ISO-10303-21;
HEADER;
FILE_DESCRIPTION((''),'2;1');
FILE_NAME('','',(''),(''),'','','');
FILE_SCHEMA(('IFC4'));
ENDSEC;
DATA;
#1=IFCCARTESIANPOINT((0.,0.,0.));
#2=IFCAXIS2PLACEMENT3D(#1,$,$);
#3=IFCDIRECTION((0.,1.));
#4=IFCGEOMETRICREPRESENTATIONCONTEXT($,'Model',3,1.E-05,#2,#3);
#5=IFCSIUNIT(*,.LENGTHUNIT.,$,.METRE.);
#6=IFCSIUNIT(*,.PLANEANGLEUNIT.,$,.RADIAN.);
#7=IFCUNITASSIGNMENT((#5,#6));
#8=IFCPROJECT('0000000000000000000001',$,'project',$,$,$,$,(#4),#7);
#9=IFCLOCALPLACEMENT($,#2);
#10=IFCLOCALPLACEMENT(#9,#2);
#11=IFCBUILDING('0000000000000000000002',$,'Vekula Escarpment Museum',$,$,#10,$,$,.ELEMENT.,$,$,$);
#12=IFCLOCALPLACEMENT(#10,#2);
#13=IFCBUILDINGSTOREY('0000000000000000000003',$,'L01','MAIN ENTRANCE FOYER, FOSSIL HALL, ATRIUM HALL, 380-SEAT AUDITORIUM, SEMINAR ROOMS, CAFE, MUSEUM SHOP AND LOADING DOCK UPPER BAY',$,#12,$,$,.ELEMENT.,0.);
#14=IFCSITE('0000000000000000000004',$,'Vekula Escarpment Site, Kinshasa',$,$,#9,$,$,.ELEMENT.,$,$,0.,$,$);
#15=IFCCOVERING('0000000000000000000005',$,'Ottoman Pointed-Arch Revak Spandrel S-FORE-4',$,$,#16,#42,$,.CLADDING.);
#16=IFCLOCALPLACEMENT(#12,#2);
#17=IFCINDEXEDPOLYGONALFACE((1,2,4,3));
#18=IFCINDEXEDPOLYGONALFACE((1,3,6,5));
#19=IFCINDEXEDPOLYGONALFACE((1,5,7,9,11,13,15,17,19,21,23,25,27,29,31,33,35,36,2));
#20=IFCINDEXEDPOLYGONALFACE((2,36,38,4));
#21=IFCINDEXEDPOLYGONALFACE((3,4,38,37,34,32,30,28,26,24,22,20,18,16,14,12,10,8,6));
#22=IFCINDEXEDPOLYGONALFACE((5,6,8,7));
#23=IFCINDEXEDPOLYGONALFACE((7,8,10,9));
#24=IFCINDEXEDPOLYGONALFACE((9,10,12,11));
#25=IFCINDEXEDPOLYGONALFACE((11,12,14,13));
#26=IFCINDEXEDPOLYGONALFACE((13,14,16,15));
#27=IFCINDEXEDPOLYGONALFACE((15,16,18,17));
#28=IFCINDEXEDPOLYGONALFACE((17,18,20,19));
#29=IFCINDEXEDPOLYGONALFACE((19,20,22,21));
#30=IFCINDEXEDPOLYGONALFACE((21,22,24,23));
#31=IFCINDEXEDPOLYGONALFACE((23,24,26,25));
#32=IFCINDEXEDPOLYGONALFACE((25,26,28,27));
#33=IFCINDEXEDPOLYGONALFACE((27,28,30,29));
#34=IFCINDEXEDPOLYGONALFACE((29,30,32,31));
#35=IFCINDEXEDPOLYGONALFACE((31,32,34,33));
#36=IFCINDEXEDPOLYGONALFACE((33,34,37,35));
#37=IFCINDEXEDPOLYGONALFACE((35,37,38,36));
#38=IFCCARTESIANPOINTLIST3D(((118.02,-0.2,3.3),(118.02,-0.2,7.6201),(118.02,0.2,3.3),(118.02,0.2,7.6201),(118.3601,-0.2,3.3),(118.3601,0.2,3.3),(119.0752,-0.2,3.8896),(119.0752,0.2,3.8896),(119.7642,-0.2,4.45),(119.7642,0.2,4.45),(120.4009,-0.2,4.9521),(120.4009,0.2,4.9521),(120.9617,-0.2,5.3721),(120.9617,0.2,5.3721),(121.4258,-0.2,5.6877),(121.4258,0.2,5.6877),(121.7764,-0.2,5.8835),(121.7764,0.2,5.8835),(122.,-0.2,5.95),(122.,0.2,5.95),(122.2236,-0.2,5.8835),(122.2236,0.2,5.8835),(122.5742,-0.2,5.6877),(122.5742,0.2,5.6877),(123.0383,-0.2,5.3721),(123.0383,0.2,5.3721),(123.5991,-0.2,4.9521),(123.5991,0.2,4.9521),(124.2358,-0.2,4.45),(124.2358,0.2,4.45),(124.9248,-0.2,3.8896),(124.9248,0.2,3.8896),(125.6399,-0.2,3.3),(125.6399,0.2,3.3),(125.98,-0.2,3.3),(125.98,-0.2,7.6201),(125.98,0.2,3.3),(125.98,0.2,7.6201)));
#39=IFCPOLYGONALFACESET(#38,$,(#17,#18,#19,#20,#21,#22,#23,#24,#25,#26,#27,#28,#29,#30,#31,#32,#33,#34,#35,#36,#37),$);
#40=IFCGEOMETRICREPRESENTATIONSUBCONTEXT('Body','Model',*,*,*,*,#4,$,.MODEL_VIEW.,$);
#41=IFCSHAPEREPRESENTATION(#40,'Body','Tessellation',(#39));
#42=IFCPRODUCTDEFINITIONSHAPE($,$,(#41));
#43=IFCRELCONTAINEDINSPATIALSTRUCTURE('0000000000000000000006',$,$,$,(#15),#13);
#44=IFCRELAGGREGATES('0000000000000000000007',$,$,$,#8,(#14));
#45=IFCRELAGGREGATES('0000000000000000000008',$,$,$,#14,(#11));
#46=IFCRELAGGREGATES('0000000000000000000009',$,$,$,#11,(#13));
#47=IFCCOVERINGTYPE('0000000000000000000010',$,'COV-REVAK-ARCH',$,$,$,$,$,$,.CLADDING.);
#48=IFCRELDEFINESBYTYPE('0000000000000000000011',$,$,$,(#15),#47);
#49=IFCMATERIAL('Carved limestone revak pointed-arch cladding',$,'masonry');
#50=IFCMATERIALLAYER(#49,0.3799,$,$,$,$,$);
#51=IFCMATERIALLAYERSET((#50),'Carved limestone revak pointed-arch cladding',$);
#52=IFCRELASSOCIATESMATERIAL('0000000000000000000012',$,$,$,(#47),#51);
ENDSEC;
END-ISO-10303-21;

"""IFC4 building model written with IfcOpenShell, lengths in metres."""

from ifc_helpers import new_model, si_unit, direction, frame, origin, place, context, subcontext, project, spatial, polyline, outline, extrude, material, layer, layer_set, type_object, element, save


model = new_model("IFC4")

# Units and contexts
model_context = context("Model", 3, precision=1e-05, world=origin(), true_north=direction((0.0, 1.0)))
body_context = subcontext(model_context, "Body", "Model", "MODEL_VIEW")
ifc_project = project(units=[si_unit("LENGTHUNIT", "METRE"), si_unit("PLANEANGLEUNIT", "RADIAN")], contexts=[model_context])

# Site, building, storey
site_placement = place(None, origin())
site = spatial("IfcSite", under=ifc_project, at=site_placement, Name="Vekula Escarpment Site, Kinshasa", CompositionType="ELEMENT", RefElevation=0.0)
building_placement = place(site_placement, origin())
building = spatial("IfcBuilding", under=site, at=building_placement, Name="Vekula Escarpment Museum", CompositionType="ELEMENT")
storey_placement = place(building_placement, origin())
storey = spatial("IfcBuildingStorey", under=building, at=storey_placement, Name="L01", Description="MAIN ENTRANCE FOYER, FOSSIL HALL, ATRIUM HALL, 380-SEAT AUDITORIUM, SEMINAR ROOMS, CAFE, MUSEUM SHOP AND LOADING DOCK UPPER BAY", CompositionType="ELEMENT", Elevation=0.0)

# Covering
ifc_material_1 = material(Name="Carved limestone revak pointed-arch cladding", Category="masonry")
ifc_layer_1 = layer(ifc_material_1, 0.3799)
ifc_layer_set_1 = layer_set([ifc_layer_1], Name="Carved limestone revak pointed-arch cladding")
covering_type_1 = type_object("IfcCoveringType", Name="COV-REVAK-ARCH", PredefinedType="CLADDING", material=ifc_layer_set_1)
covering_placement = place(storey_placement, frame((122.0, 0.2, 3.3), z_axis=(0.0, -1.0, 0.0), x_axis=(1.0, 0.0, 0.0)))
element("IfcCovering", 1, at=covering_placement, inside=storey, type_object=covering_type_1, Name="Ottoman Pointed-Arch Revak Spandrel S-FORE-4", PredefinedType="CLADDING", context=body_context, shape_type="SweptSolid", body=[
    extrude(outline(polyline([(-3.98, 4.3201), (3.98, 4.3201), (3.98, 0.0), (3.6399, 0.0), (2.9248, 0.5896), (2.2358, 1.1499), (1.5991, 1.6521), (1.0383, 2.072), (0.5742, 2.3877), (0.2236, 2.5835), (0.0, 2.6499), (-0.2236, 2.5835), (-0.5742, 2.3877), (-1.0383, 2.072), (-1.5991, 1.6521), (-2.2358, 1.1499), (-2.9248, 0.5896), (-3.6399, 0.0), (-3.98, 0.0), (-3.98, 4.3201)])), origin(), (0.0, 0.0, 1.0), 0.3999),
])

save(model, "model.ifc")
